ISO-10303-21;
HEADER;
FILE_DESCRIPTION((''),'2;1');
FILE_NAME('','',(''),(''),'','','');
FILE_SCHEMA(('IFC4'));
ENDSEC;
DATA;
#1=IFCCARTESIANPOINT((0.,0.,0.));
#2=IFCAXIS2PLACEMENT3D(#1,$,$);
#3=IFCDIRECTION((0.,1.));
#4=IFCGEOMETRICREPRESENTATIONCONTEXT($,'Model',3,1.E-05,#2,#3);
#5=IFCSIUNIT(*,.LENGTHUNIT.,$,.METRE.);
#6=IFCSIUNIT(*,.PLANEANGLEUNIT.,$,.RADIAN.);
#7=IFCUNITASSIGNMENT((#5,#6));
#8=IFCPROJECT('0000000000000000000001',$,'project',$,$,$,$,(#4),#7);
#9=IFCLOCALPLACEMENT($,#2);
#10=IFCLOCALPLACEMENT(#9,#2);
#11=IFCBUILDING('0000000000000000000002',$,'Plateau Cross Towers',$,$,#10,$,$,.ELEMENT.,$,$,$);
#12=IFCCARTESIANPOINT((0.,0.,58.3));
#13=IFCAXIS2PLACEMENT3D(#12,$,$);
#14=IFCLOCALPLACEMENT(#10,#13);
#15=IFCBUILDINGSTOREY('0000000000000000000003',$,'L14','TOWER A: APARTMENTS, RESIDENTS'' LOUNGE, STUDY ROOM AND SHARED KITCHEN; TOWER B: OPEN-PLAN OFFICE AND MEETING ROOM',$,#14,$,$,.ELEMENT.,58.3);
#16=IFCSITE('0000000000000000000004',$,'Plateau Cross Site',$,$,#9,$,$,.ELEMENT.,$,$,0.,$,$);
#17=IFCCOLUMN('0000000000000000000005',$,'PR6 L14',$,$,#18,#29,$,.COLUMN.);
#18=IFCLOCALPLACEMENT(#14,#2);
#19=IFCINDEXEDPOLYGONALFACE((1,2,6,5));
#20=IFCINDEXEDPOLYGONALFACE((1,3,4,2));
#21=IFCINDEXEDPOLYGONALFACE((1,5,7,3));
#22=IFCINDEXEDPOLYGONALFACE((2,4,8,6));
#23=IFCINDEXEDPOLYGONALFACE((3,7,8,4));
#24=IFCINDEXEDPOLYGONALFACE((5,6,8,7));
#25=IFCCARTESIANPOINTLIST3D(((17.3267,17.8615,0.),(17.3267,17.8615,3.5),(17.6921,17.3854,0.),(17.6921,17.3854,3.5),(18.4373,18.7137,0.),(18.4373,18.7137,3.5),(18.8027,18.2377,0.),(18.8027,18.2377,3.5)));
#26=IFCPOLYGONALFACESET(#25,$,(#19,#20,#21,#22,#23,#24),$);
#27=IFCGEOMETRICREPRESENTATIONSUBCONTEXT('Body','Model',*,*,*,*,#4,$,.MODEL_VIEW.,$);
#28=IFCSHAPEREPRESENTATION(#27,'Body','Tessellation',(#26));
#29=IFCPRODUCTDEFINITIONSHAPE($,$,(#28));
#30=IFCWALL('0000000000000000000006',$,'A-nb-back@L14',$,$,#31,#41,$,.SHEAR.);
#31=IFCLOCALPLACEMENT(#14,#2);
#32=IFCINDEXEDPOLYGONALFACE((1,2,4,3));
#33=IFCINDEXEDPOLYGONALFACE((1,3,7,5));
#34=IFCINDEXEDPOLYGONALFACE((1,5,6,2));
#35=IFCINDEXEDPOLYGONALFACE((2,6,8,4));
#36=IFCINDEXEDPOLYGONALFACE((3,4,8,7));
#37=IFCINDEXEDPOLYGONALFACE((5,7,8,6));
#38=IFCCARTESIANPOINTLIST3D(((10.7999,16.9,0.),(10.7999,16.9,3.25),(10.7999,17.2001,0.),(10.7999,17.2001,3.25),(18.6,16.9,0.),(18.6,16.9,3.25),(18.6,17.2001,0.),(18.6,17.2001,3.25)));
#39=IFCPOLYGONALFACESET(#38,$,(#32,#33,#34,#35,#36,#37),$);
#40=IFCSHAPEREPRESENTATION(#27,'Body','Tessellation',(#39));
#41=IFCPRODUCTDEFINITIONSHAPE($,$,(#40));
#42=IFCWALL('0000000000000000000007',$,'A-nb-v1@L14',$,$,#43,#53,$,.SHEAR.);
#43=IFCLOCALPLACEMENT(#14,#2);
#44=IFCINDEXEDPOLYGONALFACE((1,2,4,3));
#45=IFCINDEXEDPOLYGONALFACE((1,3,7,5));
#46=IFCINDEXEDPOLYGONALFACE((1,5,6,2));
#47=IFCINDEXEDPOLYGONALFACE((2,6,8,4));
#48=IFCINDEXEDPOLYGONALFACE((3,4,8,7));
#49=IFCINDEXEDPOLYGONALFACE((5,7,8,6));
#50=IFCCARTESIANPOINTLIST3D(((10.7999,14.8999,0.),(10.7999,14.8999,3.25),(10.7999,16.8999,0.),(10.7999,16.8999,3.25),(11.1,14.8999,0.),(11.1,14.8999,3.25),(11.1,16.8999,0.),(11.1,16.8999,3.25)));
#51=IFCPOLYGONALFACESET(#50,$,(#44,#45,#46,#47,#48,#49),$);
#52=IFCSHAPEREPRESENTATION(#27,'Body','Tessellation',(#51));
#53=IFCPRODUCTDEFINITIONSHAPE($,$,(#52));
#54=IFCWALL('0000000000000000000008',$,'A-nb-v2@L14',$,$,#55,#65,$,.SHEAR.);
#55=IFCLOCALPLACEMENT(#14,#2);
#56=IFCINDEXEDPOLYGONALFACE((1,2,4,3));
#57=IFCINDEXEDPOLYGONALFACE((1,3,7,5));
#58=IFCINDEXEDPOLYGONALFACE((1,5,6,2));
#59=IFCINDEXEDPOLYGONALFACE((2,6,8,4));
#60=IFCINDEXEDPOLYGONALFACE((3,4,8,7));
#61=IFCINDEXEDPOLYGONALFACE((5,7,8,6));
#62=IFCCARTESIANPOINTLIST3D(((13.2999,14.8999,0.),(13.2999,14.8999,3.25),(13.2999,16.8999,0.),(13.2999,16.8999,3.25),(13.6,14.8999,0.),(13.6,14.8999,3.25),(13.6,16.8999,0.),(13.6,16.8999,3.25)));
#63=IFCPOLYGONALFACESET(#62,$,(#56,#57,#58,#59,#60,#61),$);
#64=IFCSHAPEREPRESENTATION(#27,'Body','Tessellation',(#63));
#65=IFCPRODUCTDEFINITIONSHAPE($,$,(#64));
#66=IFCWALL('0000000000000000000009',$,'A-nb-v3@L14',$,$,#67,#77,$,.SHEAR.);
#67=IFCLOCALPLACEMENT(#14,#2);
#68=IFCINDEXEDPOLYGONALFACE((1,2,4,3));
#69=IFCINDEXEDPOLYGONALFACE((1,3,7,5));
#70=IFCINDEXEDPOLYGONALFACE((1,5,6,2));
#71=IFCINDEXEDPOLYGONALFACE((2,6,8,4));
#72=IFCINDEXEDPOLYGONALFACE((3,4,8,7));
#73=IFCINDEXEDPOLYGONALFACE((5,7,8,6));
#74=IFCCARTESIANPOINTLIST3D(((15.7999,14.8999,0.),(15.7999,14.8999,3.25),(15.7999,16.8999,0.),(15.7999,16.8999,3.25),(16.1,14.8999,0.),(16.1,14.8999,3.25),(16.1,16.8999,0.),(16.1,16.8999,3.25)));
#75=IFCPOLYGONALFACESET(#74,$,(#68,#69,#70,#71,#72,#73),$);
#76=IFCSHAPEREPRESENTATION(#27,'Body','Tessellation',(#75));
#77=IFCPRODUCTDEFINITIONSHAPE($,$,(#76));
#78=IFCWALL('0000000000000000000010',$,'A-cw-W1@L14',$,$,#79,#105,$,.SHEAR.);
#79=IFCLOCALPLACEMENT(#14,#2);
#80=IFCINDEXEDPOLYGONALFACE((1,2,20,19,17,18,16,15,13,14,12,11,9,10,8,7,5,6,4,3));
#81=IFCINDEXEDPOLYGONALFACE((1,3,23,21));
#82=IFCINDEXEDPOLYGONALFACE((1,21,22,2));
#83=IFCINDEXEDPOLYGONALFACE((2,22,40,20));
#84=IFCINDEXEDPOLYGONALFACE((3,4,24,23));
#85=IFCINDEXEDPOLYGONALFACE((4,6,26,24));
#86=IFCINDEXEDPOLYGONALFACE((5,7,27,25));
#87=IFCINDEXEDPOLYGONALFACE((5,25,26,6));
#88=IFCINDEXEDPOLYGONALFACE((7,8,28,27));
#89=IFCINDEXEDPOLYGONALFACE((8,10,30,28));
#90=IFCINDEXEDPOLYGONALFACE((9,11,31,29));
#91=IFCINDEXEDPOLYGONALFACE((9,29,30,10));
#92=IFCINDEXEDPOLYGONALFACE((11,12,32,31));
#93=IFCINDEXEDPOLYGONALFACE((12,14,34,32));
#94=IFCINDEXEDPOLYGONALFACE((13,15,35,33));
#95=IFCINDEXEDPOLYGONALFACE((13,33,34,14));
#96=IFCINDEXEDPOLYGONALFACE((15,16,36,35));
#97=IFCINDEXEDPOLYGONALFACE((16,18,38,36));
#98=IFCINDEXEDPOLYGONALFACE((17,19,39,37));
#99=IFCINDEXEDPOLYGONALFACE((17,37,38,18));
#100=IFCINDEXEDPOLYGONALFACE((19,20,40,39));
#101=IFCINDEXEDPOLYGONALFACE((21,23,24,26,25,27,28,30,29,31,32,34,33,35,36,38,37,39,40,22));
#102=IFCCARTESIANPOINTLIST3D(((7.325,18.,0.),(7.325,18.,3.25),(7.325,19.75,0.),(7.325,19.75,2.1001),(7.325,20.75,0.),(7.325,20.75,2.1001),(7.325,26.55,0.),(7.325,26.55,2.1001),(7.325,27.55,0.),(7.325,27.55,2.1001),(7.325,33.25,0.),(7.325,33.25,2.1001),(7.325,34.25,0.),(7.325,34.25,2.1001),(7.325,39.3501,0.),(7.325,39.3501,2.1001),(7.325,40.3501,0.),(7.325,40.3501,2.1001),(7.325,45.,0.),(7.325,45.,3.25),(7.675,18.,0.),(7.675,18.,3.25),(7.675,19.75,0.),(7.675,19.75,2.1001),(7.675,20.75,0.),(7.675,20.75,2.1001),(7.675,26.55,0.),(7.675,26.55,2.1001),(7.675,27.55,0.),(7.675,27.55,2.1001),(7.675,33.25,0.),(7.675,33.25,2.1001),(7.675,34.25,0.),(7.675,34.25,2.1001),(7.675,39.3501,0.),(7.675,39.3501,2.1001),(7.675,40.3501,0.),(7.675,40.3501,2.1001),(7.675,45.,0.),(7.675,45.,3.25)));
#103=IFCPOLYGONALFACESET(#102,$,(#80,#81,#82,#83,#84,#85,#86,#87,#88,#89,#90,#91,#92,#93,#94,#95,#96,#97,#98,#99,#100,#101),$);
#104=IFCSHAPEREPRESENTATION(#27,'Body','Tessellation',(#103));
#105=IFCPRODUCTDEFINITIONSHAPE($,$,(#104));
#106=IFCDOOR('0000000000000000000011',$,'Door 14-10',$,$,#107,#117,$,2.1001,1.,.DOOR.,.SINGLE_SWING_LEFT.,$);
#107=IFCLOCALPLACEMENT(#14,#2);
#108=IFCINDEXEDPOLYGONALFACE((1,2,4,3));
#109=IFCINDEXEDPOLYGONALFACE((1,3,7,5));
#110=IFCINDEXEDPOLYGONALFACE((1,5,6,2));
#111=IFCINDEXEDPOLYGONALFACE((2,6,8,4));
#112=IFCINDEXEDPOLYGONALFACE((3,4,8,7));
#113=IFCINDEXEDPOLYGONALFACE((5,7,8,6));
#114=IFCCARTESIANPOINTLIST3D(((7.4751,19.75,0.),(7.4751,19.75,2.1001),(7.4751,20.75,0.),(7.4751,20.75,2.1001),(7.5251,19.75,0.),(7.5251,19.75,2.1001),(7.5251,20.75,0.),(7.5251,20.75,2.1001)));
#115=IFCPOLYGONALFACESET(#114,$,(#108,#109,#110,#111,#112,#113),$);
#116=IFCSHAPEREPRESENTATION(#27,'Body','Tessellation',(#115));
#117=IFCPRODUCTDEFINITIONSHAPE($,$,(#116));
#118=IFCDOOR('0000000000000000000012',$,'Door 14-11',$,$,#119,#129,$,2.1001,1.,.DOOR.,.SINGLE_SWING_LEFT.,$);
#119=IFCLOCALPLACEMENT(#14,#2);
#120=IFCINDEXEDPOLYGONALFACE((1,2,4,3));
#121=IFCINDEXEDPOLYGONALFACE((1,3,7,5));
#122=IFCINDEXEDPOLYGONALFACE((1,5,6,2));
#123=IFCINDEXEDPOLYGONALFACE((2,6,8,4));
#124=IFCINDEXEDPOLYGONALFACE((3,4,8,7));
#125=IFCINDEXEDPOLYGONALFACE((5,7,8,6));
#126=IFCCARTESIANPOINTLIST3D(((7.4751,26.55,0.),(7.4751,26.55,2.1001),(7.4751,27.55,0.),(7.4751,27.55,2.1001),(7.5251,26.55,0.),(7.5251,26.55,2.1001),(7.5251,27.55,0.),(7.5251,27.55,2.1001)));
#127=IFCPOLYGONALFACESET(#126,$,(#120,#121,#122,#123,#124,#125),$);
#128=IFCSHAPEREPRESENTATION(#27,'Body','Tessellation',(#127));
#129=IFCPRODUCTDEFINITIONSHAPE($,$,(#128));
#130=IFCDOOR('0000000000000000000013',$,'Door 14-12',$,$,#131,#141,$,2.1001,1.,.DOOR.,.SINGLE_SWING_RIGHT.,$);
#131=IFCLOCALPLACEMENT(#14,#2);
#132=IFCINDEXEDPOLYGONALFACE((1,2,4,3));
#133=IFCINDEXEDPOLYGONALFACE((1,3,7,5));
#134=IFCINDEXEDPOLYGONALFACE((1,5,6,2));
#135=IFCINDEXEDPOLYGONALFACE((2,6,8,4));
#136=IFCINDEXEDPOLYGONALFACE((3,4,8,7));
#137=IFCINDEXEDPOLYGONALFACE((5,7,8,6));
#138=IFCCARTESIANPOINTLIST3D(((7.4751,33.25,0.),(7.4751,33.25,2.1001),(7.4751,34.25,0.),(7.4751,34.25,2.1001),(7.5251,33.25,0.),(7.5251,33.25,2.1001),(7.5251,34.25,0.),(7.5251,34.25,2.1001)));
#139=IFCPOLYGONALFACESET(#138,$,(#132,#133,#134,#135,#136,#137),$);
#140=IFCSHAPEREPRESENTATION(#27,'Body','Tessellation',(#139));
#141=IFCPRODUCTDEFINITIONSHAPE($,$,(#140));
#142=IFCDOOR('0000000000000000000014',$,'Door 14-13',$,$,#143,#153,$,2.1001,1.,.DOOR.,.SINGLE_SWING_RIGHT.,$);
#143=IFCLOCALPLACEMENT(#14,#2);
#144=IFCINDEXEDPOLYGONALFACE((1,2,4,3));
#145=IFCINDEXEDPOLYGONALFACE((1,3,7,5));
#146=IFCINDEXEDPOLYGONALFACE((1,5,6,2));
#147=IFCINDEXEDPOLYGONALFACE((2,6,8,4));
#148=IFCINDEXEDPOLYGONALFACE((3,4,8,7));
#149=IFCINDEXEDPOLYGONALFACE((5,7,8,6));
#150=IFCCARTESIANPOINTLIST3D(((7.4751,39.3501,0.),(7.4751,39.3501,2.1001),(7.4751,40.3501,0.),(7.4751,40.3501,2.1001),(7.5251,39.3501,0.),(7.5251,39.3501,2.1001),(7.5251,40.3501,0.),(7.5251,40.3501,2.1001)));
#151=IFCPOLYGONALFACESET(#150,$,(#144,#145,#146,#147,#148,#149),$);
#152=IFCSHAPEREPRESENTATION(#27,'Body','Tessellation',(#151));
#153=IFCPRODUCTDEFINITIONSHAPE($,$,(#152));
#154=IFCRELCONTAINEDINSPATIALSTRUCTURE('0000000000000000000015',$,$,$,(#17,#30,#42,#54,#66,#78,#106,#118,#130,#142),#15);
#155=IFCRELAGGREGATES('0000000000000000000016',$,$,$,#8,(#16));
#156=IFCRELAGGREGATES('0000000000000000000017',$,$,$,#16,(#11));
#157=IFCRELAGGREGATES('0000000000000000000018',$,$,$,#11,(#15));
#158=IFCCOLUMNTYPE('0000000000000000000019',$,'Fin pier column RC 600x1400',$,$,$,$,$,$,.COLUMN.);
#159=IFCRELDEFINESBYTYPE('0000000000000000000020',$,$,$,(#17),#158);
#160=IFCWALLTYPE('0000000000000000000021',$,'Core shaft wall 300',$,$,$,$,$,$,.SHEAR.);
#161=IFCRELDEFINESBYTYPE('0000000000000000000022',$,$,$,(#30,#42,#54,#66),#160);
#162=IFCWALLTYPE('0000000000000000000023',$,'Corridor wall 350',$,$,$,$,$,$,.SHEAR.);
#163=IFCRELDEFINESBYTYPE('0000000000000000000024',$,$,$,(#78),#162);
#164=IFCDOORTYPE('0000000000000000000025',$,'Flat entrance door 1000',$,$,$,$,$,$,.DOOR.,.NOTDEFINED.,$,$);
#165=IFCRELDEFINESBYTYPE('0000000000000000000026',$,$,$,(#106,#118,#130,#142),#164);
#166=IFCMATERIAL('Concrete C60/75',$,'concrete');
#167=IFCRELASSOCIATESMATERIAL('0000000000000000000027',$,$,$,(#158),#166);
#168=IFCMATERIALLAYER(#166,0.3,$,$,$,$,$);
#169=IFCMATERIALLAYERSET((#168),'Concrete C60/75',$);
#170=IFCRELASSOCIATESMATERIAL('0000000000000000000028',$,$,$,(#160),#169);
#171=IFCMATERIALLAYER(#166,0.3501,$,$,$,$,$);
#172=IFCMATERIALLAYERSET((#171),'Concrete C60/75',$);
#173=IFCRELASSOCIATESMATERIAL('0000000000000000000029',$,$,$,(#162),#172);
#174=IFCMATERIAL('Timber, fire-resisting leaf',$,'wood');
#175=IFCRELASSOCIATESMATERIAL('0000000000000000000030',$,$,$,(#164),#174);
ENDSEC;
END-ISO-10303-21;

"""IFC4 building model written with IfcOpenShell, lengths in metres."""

from ifc_helpers import new_model, si_unit, direction, frame, frame_2d, origin, origin_2d, place, context, subcontext, project, spatial, rectangle, extrude, material, layer, layer_set, material_profile, profile_set, type_object, element, fill, save


model = new_model("IFC4")

# Units and contexts
model_context = context("Model", 3, precision=1e-05, world=origin(), true_north=direction((0.0, 1.0)))
body_context = subcontext(model_context, "Body", "Model", "MODEL_VIEW")
ifc_project = project(units=[si_unit("LENGTHUNIT", "METRE"), si_unit("PLANEANGLEUNIT", "RADIAN")], contexts=[model_context])

# Site, building, storey
site_placement = place(None, origin())
site = spatial("IfcSite", under=ifc_project, at=site_placement, Name="Plateau Cross Site", CompositionType="ELEMENT", RefElevation=0.0)
building_placement = place(site_placement, origin())
building = spatial("IfcBuilding", under=site, at=building_placement, Name="Plateau Cross Towers", CompositionType="ELEMENT")
storey_placement = place(building_placement, frame((0.0, 0.0, 58.3)))
storey = spatial("IfcBuildingStorey", under=building, at=storey_placement, Name="L14", Description="TOWER A: APARTMENTS, RESIDENTS' LOUNGE, STUDY ROOM AND SHARED KITCHEN; TOWER B: OPEN-PLAN OFFICE AND MEETING ROOM", CompositionType="ELEMENT", Elevation=58.3)

# Column
ifc_material_1 = material(Name="Concrete C60/75", Category="concrete")
ifc_material_profile = material_profile(ifc_material_1, rectangle(XDim=0.6001, YDim=1.3999, at=origin_2d()), Name="RC 600x1400")
ifc_profile_set = profile_set([ifc_material_profile], Name="Concrete C60/75")
column_type = type_object("IfcColumnType", Name="Fin pier column RC 600x1400", PredefinedType="COLUMN", material=ifc_profile_set)
column_placement = place(storey_placement, frame((18.0647, 18.0496, 0.0), z_axis=(0.0, 0.0, 1.0), x_axis=(-0.608811, 0.793315, 0.0)))
element("IfcColumn", 1, at=column_placement, inside=storey, type_object=column_type, Name="PR6 L14", PredefinedType="COLUMN", context=body_context, shape_type="SweptSolid", body=[
    extrude(rectangle(XDim=0.6001, YDim=1.3999, at=origin_2d()), origin(), (0.0, 0.0, 1.0), 3.5),
])

# Walls
ifc_layer_1 = layer(ifc_material_1, 0.3)
ifc_layer_set_1 = layer_set([ifc_layer_1], Name="Concrete C60/75")
wall_type_1 = type_object("IfcWallType", Name="Core shaft wall 300", PredefinedType="SHEAR", material=ifc_layer_set_1)
wall_1_placement = place(storey_placement, frame((10.8, 17.05, 0.0), z_axis=(0.0, 0.0, 1.0), x_axis=(1.0, 0.0, 0.0)))
element("IfcWall", 2, at=wall_1_placement, inside=storey, type_object=wall_type_1, Name="A-nb-back@L14", PredefinedType="SHEAR", context=body_context, shape_type="SweptSolid", body=[
    extrude(rectangle(XDim=7.8, YDim=0.3, at=frame_2d((3.8999, 0.0))), origin(), (0.0, 0.0, 1.0), 3.25),
])
for number, where, z_axis, x_axis, name in (
    (3, (10.95, 14.8999, 0.0), (0.0, 0.0, 1.0), (0.0, 1.0, 0.0), "A-nb-v1@L14"),
    (4, (13.45, 14.8999, 0.0), (0.0, 0.0, 1.0), (0.0, 1.0, 0.0), "A-nb-v2@L14"),
    (5, (15.95, 14.8999, 0.0), (0.0, 0.0, 1.0), (0.0, 1.0, 0.0), "A-nb-v3@L14"),
):
    element("IfcWall", number, at=place(storey_placement, frame(where, z_axis=z_axis, x_axis=x_axis)), inside=storey, type_object=wall_type_1, Name=name, PredefinedType="SHEAR", context=body_context, shape_type="SweptSolid", body=[
        extrude(rectangle(XDim=2.0, YDim=0.3, at=frame_2d((1.0, 0.0))), origin(), (0.0, 0.0, 1.0), 3.25),
    ])

# Wall, openings, doors
ifc_layer_2 = layer(ifc_material_1, 0.3501)
ifc_layer_set_2 = layer_set([ifc_layer_2], Name="Concrete C60/75")
wall_type_2 = type_object("IfcWallType", Name="Corridor wall 350", PredefinedType="SHEAR", material=ifc_layer_set_2)
wall_2_placement = place(storey_placement, frame((7.5, 18.0, 0.0), z_axis=(0.0, 0.0, 1.0), x_axis=(0.0, 1.0, 0.0)))
wall_2 = element("IfcWall", 6, at=wall_2_placement, inside=storey, type_object=wall_type_2, Name="A-cw-W1@L14", PredefinedType="SHEAR", context=body_context, shape_type="SweptSolid", body=[
    extrude(rectangle(XDim=27.0, YDim=0.3501, at=frame_2d((13.5, 0.0))), origin(), (0.0, 0.0, 1.0), 3.25),
])
opening_1_placement = place(wall_2_placement, frame((1.75, 0.0, 0.0)))
opening_1 = element("IfcOpeningElement", 7, at=opening_1_placement, cuts=wall_2, PredefinedType="OPENING", context=body_context, shape_type="SweptSolid", body=[
    extrude(rectangle(XDim=1.0, YDim=2.1001, at=frame_2d((0.5, 1.05))), frame((0.0, 0.1851, 0.0), z_axis=(0.0, -1.0, 0.0), x_axis=(1.0, 0.0, 0.0)), (0.0, 0.0, 1.0), 0.3701),
])
opening_2_placement = place(wall_2_placement, frame((8.55, 0.0, 0.0)))
opening_2 = element("IfcOpeningElement", 8, at=opening_2_placement, cuts=wall_2, PredefinedType="OPENING", context=body_context, shape_type="SweptSolid", body=[
    extrude(rectangle(XDim=1.0, YDim=2.1001, at=frame_2d((0.5, 1.05))), frame((0.0, 0.1851, 0.0), z_axis=(0.0, -1.0, 0.0), x_axis=(1.0, 0.0, 0.0)), (0.0, 0.0, 1.0), 0.3701),
])
opening_3_placement = place(wall_2_placement, frame((15.25, 0.0, 0.0)))
opening_3 = element("IfcOpeningElement", 9, at=opening_3_placement, cuts=wall_2, PredefinedType="OPENING", context=body_context, shape_type="SweptSolid", body=[
    extrude(rectangle(XDim=1.0, YDim=2.1001, at=frame_2d((0.5, 1.05))), frame((0.0, 0.1851, 0.0), z_axis=(0.0, -1.0, 0.0), x_axis=(1.0, 0.0, 0.0)), (0.0, 0.0, 1.0), 0.3701),
])
opening_4_placement = place(wall_2_placement, frame((21.3501, 0.0, 0.0)))
opening_4 = element("IfcOpeningElement", 10, at=opening_4_placement, cuts=wall_2, PredefinedType="OPENING", context=body_context, shape_type="SweptSolid", body=[
    extrude(rectangle(XDim=1.0, YDim=2.1001, at=frame_2d((0.5, 1.05))), frame((0.0, 0.1851, 0.0), z_axis=(0.0, -1.0, 0.0), x_axis=(1.0, 0.0, 0.0)), (0.0, 0.0, 1.0), 0.3701),
])
ifc_material_2 = material(Name="Timber, fire-resisting leaf", Category="wood")
door_type_1 = type_object("IfcDoorType", Name="Flat entrance door 1000", OperationType="NOTDEFINED", PredefinedType="DOOR", material=ifc_material_2)
door_1_placement = place(opening_1_placement, origin())
door_1 = element("IfcDoor", 11, at=door_1_placement, inside=storey, type_object=door_type_1, Name="Door 14-10", OperationType="SINGLE_SWING_LEFT", OverallHeight=2.1001, OverallWidth=1.0, PredefinedType="DOOR", context=body_context, shape_type="SweptSolid", body=[
    extrude(rectangle(XDim=1.0, YDim=2.1001, at=frame_2d((0.5, 1.05))), frame((0.0, 0.0249, 0.0), z_axis=(0.0, -1.0, 0.0), x_axis=(1.0, 0.0, 0.0)), (0.0, 0.0, 1.0), 0.05),
])
fill(opening_1, door_1)
door_2_placement = place(opening_2_placement, origin())
door_2 = element("IfcDoor", 12, at=door_2_placement, inside=storey, type_object=door_type_1, Name="Door 14-11", OperationType="SINGLE_SWING_LEFT", OverallHeight=2.1001, OverallWidth=1.0, PredefinedType="DOOR", context=body_context, shape_type="SweptSolid", body=[
    extrude(rectangle(XDim=1.0, YDim=2.1001, at=frame_2d((0.5, 1.05))), frame((0.0, 0.0249, 0.0), z_axis=(0.0, -1.0, 0.0), x_axis=(1.0, 0.0, 0.0)), (0.0, 0.0, 1.0), 0.05),
])
fill(opening_2, door_2)
door_3_placement = place(opening_3_placement, origin())
door_3 = element("IfcDoor", 13, at=door_3_placement, inside=storey, type_object=door_type_1, Name="Door 14-12", OperationType="SINGLE_SWING_RIGHT", OverallHeight=2.1001, OverallWidth=1.0, PredefinedType="DOOR", context=body_context, shape_type="SweptSolid", body=[
    extrude(rectangle(XDim=1.0, YDim=2.1001, at=frame_2d((0.5, 1.05))), frame((0.0, 0.0249, 0.0), z_axis=(0.0, -1.0, 0.0), x_axis=(1.0, 0.0, 0.0)), (0.0, 0.0, 1.0), 0.05),
])
fill(opening_3, door_3)
door_4_placement = place(opening_4_placement, origin())
door_4 = element("IfcDoor", 14, at=door_4_placement, inside=storey, type_object=door_type_1, Name="Door 14-13", OperationType="SINGLE_SWING_RIGHT", OverallHeight=2.1001, OverallWidth=1.0, PredefinedType="DOOR", context=body_context, shape_type="SweptSolid", body=[
    extrude(rectangle(XDim=1.0, YDim=2.1001, at=frame_2d((0.5, 1.05))), frame((0.0, 0.0249, 0.0), z_axis=(0.0, -1.0, 0.0), x_axis=(1.0, 0.0, 0.0)), (0.0, 0.0, 1.0), 0.05),
])
fill(opening_4, door_4)

save(model, "model.ifc")
